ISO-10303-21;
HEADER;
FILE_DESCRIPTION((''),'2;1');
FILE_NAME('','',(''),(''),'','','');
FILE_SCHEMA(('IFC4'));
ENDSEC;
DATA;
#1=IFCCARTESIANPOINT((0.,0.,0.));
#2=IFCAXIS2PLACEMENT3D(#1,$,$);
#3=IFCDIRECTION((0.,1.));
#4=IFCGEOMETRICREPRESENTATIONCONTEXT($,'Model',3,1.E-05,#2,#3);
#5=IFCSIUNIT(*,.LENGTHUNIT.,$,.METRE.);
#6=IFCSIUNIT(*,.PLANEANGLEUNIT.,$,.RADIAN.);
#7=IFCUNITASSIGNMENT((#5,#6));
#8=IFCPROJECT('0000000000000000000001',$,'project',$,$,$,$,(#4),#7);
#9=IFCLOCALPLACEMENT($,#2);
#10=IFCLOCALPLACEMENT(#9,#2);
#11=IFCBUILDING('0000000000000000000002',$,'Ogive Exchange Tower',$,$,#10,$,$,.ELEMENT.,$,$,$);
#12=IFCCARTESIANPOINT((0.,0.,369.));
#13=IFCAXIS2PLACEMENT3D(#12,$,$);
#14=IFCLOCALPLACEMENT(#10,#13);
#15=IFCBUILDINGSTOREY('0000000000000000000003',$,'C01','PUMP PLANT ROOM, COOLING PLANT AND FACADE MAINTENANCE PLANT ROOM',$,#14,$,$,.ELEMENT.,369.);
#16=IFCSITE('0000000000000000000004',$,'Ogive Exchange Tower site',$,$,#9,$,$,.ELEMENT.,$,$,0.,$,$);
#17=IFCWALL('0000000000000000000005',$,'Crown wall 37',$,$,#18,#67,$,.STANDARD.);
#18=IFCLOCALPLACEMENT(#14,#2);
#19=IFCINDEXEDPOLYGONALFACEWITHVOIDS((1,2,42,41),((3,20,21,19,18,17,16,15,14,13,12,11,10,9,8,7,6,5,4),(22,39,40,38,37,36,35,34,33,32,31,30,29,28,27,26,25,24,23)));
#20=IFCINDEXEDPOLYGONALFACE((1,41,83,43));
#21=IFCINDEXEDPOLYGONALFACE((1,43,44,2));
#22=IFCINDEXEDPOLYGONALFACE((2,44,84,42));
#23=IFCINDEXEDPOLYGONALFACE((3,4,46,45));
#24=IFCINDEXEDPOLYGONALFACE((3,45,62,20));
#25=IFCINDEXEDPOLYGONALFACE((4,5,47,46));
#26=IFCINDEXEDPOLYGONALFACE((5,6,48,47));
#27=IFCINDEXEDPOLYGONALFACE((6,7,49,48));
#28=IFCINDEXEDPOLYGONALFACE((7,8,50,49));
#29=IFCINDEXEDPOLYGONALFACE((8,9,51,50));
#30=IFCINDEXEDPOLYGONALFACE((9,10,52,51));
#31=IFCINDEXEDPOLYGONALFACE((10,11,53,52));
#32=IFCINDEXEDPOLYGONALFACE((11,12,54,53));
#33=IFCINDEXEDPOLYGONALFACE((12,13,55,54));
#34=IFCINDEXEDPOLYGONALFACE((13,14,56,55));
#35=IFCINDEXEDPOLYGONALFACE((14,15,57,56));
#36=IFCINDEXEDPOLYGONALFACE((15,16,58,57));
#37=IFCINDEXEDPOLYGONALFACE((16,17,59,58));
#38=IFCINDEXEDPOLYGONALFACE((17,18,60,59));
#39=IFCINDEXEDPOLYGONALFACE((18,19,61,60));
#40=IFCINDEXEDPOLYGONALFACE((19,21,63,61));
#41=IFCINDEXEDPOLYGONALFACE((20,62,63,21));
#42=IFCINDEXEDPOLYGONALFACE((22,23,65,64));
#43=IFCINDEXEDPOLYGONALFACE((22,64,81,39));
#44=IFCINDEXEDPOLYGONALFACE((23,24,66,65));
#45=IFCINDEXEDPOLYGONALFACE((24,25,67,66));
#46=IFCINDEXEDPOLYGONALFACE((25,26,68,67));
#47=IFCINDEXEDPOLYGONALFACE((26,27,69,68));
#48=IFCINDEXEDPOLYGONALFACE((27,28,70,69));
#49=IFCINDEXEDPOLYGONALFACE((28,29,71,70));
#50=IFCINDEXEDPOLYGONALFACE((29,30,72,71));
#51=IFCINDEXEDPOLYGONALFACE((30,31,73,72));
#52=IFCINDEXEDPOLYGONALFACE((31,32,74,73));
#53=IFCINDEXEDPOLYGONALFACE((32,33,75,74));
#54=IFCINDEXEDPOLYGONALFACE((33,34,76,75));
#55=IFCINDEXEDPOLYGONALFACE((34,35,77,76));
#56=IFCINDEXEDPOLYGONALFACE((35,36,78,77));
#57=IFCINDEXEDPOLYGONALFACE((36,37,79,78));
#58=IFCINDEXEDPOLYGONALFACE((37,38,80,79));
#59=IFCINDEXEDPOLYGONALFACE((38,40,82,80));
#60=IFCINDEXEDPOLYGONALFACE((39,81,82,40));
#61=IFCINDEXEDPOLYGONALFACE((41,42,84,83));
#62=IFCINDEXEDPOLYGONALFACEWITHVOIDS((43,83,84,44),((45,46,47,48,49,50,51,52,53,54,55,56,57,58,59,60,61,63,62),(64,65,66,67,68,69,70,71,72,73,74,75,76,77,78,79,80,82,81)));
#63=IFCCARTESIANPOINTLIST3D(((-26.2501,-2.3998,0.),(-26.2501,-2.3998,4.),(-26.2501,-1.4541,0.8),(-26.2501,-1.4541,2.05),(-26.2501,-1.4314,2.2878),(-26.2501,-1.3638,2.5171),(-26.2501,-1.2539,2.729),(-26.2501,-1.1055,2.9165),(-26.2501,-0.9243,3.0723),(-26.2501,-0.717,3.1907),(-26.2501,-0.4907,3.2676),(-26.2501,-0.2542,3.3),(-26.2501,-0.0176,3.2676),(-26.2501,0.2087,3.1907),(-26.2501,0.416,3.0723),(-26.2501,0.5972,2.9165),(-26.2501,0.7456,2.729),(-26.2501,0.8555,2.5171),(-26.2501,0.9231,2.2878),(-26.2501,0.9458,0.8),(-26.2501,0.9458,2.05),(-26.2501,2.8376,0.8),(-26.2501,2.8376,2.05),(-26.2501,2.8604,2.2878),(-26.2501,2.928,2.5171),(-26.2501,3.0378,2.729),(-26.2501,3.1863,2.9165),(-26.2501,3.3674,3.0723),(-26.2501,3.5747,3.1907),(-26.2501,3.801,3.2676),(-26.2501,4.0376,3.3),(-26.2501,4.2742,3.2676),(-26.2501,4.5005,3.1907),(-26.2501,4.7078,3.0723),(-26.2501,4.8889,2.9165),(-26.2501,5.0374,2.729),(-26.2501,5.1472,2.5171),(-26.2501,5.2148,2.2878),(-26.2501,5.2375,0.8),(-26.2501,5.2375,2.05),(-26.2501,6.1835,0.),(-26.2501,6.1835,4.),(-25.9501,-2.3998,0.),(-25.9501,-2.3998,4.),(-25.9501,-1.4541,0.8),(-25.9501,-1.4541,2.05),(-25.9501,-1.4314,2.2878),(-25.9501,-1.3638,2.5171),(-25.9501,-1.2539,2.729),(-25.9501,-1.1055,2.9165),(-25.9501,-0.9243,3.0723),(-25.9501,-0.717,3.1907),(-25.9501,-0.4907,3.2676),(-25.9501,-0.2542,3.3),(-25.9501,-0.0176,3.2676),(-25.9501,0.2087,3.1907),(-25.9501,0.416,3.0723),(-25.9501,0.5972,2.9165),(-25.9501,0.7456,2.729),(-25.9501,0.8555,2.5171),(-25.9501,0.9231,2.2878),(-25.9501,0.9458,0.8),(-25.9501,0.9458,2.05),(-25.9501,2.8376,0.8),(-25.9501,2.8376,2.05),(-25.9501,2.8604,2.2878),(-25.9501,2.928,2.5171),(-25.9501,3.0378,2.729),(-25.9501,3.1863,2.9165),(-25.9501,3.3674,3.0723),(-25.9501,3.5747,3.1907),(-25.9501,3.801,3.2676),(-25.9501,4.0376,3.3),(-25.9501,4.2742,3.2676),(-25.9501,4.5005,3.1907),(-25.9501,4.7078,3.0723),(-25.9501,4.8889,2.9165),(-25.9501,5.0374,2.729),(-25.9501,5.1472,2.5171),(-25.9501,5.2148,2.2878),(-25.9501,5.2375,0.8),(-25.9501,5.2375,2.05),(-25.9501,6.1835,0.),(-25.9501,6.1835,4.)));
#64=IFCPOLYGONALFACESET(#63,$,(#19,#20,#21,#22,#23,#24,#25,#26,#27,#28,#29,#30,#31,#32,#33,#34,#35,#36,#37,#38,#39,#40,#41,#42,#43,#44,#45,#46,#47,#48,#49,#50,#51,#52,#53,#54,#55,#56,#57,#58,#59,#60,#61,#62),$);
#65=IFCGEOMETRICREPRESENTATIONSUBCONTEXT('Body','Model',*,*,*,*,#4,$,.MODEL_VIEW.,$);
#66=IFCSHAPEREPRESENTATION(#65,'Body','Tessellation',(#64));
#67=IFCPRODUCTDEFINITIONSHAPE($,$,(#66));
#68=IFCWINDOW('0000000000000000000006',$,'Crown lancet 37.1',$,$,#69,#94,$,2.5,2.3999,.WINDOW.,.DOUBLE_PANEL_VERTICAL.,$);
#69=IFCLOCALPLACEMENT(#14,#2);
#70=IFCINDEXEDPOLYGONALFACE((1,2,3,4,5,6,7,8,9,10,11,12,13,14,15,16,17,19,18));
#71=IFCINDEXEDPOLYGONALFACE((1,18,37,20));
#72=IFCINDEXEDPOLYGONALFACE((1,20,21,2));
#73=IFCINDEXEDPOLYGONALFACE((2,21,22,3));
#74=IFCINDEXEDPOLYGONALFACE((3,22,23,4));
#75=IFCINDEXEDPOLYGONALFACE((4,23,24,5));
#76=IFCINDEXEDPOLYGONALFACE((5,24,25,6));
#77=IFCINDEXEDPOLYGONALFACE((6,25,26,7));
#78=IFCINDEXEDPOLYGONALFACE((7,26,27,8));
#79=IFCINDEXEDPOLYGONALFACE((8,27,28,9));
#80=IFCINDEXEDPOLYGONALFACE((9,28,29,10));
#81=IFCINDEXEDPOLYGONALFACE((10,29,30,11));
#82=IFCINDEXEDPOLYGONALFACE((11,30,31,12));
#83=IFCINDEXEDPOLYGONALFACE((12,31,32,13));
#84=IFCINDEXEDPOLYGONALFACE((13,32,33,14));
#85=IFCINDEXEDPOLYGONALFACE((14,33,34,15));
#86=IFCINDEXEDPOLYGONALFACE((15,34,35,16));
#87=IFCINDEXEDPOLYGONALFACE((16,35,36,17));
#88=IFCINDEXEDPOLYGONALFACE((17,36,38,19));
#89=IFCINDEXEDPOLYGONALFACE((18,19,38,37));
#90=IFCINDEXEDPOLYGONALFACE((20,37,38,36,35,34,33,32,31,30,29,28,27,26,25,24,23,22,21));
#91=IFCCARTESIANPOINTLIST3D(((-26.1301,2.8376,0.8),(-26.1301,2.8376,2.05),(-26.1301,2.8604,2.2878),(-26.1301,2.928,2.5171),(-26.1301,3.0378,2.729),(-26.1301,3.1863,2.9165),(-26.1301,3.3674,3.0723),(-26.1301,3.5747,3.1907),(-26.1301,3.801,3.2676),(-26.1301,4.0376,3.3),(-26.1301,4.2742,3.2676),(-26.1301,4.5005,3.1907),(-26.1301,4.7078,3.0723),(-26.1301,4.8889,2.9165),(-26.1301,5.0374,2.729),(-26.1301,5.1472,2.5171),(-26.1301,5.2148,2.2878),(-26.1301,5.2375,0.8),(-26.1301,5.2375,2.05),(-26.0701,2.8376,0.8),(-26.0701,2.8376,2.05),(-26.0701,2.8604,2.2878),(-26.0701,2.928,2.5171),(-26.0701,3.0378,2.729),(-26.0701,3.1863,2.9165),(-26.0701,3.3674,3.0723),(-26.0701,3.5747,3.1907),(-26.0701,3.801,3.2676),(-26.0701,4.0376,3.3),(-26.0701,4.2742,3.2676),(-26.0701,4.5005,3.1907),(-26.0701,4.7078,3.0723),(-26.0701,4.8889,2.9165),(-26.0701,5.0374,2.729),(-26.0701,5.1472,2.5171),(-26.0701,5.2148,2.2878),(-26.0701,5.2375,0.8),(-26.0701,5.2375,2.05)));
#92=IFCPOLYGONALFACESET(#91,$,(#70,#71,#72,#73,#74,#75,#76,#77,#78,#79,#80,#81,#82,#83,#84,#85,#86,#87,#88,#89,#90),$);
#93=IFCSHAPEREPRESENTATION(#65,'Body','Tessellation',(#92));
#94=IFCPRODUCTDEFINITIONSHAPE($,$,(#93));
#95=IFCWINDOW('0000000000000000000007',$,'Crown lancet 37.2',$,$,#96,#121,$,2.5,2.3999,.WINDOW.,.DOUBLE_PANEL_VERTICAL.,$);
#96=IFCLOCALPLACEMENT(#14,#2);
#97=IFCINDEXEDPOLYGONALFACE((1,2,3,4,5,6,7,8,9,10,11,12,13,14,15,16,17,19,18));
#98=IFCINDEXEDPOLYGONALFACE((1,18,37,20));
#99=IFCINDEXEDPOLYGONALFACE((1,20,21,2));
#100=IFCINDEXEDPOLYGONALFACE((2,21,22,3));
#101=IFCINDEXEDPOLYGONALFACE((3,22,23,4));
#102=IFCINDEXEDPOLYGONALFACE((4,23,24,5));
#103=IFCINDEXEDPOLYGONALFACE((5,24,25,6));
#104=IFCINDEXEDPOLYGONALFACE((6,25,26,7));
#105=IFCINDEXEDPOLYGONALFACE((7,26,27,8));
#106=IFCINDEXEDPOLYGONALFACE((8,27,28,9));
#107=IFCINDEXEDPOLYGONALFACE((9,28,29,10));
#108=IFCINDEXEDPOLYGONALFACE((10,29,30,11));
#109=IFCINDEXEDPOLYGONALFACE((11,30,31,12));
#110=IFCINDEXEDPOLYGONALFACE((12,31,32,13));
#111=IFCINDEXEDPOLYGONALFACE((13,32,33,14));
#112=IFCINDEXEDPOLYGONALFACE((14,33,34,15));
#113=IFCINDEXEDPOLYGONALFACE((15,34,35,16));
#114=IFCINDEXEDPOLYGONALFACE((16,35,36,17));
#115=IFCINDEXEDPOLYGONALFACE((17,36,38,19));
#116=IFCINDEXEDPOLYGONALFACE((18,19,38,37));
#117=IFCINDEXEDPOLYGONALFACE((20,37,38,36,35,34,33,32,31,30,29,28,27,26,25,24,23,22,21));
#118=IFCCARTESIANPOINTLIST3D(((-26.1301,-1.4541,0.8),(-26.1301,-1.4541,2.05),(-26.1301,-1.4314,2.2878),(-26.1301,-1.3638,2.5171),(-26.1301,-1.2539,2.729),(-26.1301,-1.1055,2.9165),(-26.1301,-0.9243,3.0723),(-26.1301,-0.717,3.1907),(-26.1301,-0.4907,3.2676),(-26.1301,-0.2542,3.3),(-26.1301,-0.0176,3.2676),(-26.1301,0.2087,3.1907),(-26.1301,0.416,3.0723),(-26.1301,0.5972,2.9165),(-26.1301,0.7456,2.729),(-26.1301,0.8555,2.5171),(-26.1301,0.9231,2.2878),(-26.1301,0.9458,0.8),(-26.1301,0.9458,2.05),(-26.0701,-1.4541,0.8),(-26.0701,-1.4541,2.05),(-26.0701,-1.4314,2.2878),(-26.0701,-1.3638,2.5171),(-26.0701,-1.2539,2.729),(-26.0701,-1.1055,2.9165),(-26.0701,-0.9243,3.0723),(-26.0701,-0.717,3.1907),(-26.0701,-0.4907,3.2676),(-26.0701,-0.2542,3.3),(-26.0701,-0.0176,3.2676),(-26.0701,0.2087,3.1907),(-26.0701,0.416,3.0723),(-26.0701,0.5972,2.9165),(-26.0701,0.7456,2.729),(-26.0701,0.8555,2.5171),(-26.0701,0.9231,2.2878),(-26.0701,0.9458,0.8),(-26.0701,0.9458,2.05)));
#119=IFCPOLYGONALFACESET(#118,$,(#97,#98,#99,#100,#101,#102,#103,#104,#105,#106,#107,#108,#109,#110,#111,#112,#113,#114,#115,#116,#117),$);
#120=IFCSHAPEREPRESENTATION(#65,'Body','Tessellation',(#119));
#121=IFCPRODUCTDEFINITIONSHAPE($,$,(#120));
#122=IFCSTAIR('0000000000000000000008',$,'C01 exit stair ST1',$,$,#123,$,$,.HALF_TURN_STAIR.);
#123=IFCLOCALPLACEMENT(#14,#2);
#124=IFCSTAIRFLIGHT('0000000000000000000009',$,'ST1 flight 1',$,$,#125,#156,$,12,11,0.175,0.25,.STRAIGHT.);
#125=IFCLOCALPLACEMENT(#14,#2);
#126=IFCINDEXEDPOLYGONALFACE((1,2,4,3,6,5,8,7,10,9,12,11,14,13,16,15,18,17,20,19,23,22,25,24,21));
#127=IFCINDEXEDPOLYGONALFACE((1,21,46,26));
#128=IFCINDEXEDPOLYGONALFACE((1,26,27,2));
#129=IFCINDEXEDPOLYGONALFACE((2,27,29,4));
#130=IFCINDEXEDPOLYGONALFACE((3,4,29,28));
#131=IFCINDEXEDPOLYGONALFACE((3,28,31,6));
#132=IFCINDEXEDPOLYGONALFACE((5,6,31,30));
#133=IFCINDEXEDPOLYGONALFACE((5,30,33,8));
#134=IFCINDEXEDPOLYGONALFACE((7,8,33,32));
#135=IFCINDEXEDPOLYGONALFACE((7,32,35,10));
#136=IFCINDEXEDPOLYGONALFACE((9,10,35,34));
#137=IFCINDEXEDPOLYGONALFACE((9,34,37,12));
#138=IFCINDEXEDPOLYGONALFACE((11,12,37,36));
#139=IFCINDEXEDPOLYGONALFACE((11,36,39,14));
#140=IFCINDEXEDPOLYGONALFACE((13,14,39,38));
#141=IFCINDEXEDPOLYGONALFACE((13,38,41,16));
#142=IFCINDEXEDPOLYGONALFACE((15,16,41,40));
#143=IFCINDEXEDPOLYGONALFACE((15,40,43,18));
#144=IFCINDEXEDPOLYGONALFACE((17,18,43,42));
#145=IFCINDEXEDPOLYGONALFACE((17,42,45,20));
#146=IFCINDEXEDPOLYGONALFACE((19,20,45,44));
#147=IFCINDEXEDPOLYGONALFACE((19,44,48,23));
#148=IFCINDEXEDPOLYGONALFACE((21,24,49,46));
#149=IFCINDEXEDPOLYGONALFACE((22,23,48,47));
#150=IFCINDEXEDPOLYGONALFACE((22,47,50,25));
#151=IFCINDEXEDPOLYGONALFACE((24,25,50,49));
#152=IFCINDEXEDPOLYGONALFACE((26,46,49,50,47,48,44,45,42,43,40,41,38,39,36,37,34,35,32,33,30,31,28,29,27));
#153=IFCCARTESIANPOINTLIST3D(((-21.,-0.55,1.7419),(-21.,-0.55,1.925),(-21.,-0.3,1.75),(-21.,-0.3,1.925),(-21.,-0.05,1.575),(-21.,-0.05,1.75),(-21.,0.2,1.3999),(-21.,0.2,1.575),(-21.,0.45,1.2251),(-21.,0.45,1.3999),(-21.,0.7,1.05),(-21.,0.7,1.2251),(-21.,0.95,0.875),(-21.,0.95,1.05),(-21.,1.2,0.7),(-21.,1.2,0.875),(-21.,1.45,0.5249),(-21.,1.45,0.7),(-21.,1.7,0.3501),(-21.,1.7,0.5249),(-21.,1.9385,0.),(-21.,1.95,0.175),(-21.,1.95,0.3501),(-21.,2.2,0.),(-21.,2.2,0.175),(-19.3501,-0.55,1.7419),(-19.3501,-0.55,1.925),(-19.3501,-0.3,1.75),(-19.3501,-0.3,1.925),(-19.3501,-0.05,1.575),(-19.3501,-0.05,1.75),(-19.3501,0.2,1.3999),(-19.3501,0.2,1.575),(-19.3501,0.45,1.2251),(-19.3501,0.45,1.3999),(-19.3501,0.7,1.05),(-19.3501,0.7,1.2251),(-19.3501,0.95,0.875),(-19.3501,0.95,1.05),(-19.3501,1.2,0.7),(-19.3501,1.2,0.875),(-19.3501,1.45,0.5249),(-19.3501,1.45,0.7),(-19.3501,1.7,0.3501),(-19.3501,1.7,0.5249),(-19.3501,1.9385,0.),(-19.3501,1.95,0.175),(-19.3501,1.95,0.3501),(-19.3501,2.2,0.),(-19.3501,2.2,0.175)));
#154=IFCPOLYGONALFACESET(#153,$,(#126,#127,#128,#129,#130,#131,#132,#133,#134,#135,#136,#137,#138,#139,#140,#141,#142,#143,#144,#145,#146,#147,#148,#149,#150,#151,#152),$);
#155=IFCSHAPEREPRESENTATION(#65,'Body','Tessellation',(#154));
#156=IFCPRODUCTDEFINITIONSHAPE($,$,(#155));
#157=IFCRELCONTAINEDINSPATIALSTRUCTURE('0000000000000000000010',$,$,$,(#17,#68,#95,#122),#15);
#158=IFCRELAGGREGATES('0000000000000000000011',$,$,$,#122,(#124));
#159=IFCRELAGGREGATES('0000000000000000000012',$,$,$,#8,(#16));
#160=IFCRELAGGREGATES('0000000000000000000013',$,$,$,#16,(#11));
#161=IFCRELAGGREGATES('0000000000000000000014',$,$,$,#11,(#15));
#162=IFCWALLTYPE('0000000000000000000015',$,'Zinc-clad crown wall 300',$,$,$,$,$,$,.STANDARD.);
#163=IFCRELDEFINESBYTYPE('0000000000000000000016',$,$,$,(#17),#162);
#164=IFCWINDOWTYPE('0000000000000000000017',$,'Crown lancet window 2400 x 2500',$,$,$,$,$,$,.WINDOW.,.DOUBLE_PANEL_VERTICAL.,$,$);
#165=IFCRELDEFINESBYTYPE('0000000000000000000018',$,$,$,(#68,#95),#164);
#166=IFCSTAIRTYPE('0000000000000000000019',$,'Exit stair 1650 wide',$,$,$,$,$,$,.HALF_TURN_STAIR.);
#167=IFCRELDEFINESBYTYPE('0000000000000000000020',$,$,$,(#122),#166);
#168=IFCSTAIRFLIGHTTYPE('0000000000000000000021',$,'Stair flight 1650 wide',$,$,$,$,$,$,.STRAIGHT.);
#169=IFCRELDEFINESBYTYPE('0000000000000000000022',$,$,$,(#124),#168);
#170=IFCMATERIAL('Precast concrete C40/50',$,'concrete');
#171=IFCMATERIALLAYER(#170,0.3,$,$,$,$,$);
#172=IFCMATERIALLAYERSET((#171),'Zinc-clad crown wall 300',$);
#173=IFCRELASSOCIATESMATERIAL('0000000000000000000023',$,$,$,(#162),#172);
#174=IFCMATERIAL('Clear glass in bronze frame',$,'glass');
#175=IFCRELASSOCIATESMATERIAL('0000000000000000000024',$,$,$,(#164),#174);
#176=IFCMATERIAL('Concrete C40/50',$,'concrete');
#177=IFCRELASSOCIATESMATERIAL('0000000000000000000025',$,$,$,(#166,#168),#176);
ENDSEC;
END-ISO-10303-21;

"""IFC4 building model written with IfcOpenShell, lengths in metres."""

from ifc_helpers import new_model, si_unit, direction, frame, frame_2d, origin, place, context, subcontext, project, spatial, polyline, rectangle, outline, extrude, material, layer, layer_set, type_object, element, fill, aggregate, save


model = new_model("IFC4")

# Units and contexts
model_context = context("Model", 3, precision=1e-05, world=origin(), true_north=direction((0.0, 1.0)))
body_context = subcontext(model_context, "Body", "Model", "MODEL_VIEW")
ifc_project = project(units=[si_unit("LENGTHUNIT", "METRE"), si_unit("PLANEANGLEUNIT", "RADIAN")], contexts=[model_context])

# Site, building, storey
site_placement = place(None, origin())
site = spatial("IfcSite", under=ifc_project, at=site_placement, Name="Ogive Exchange Tower site", CompositionType="ELEMENT", RefElevation=0.0)
building_placement = place(site_placement, origin())
building = spatial("IfcBuilding", under=site, at=building_placement, Name="Ogive Exchange Tower", CompositionType="ELEMENT")
storey_placement = place(building_placement, frame((0.0, 0.0, 369.0)))
storey = spatial("IfcBuildingStorey", under=building, at=storey_placement, Name="C01", Description="PUMP PLANT ROOM, COOLING PLANT AND FACADE MAINTENANCE PLANT ROOM", CompositionType="ELEMENT", Elevation=369.0)

# Wall, openings, windows
ifc_material_1 = material(Name="Precast concrete C40/50", Category="concrete")
ifc_layer_1 = layer(ifc_material_1, 0.3)
ifc_layer_set_1 = layer_set([ifc_layer_1], Name="Zinc-clad crown wall 300")
wall_type_1 = type_object("IfcWallType", Name="Zinc-clad crown wall 300", PredefinedType="STANDARD", material=ifc_layer_set_1)
ifc_material_2 = material(Name="Clear glass in bronze frame", Category="glass")
window_type = type_object("IfcWindowType", Name="Crown lancet window 2400 x 2500", PartitioningType="DOUBLE_PANEL_VERTICAL", PredefinedType="WINDOW", material=ifc_material_2)
wall_1_placement = place(storey_placement, frame((-26.1001, 6.1833, 0.0), z_axis=(0.0, 0.0, 1.0), x_axis=(0.0, -1.0, 0.0)))
wall_1 = element("IfcWall", 1, at=wall_1_placement, inside=storey, type_object=wall_type_1, Name="Crown wall 37", PredefinedType="STANDARD", context=body_context, shape_type="SweptSolid", body=[
    extrude(rectangle(XDim=8.5833, YDim=0.3, at=frame_2d((4.2915, 0.0))), origin(), (0.0, 0.0, 1.0), 4.0),
])
opening_1_placement = place(wall_1_placement, frame((0.9458, 0.0, 0.8)))
opening_1 = element("IfcOpeningElement", 2, at=opening_1_placement, cuts=wall_1, PredefinedType="OPENING", context=body_context, shape_type="SweptSolid", body=[
    extrude(outline(polyline([(0.0, 0.0), (2.3999, 0.0), (2.3999, 1.25), (2.3772, 1.4878), (2.3096, 1.717), (2.1997, 1.929), (2.0513, 2.1165), (1.8701, 2.2722), (1.6628, 2.3906), (1.4365, 2.4675), (1.2, 2.5), (0.9634, 2.4675), (0.7371, 2.3906), (0.5298, 2.2722), (0.3486, 2.1165), (0.2002, 1.929), (0.0903, 1.717), (0.0227, 1.4878), (0.0, 1.25), (0.0, 0.0)])), frame((0.0, 0.1599, 0.0), z_axis=(0.0, -1.0, 0.0), x_axis=(1.0, 0.0, 0.0)), (0.0, 0.0, 1.0), 0.3201),
])
opening_2_placement = place(wall_1_placement, frame((5.2375, 0.0, 0.8)))
opening_2 = element("IfcOpeningElement", 3, at=opening_2_placement, cuts=wall_1, PredefinedType="OPENING", context=body_context, shape_type="SweptSolid", body=[
    extrude(outline(polyline([(0.0, 0.0), (2.3999, 0.0), (2.3999, 1.25), (2.3772, 1.4878), (2.3096, 1.717), (2.1997, 1.929), (2.0513, 2.1165), (1.8701, 2.2722), (1.6628, 2.3906), (1.4365, 2.4675), (1.2, 2.5), (0.9634, 2.4675), (0.7371, 2.3906), (0.5298, 2.2722), (0.3486, 2.1165), (0.2002, 1.929), (0.0903, 1.717), (0.0227, 1.4878), (0.0, 1.25), (0.0, 0.0)])), frame((0.0, 0.1599, 0.0), z_axis=(0.0, -1.0, 0.0), x_axis=(1.0, 0.0, 0.0)), (0.0, 0.0, 1.0), 0.3201),
])
window_1_placement = place(opening_1_placement, origin())
window_1 = element("IfcWindow", 4, at=window_1_placement, inside=storey, type_object=window_type, Name="Crown lancet 37.1", OverallHeight=2.5, OverallWidth=2.3999, PartitioningType="DOUBLE_PANEL_VERTICAL", PredefinedType="WINDOW", context=body_context, shape_type="SweptSolid", body=[
    extrude(outline(polyline([(0.0, 0.0), (2.3999, 0.0), (2.3999, 1.25), (2.3772, 1.4878), (2.3096, 1.717), (2.1997, 1.929), (2.0513, 2.1165), (1.8701, 2.2722), (1.6628, 2.3906), (1.4365, 2.4675), (1.2, 2.5), (0.9634, 2.4675), (0.7371, 2.3906), (0.5298, 2.2722), (0.3486, 2.1165), (0.2002, 1.929), (0.0903, 1.717), (0.0227, 1.4878), (0.0, 1.25), (0.0, 0.0)])), frame((0.0, 0.03, 0.0), z_axis=(0.0, -1.0, 0.0), x_axis=(1.0, 0.0, 0.0)), (0.0, 0.0, 1.0), 0.0601),
])
fill(opening_1, window_1)
window_2_placement = place(opening_2_placement, origin())
window_2 = element("IfcWindow", 5, at=window_2_placement, inside=storey, type_object=window_type, Name="Crown lancet 37.2", OverallHeight=2.5, OverallWidth=2.3999, PartitioningType="DOUBLE_PANEL_VERTICAL", PredefinedType="WINDOW", context=body_context, shape_type="SweptSolid", body=[
    extrude(outline(polyline([(0.0, 0.0), (2.3999, 0.0), (2.3999, 1.25), (2.3772, 1.4878), (2.3096, 1.717), (2.1997, 1.929), (2.0513, 2.1165), (1.8701, 2.2722), (1.6628, 2.3906), (1.4365, 2.4675), (1.2, 2.5), (0.9634, 2.4675), (0.7371, 2.3906), (0.5298, 2.2722), (0.3486, 2.1165), (0.2002, 1.929), (0.0903, 1.717), (0.0227, 1.4878), (0.0, 1.25), (0.0, 0.0)])), frame((0.0, 0.03, 0.0), z_axis=(0.0, -1.0, 0.0), x_axis=(1.0, 0.0, 0.0)), (0.0, 0.0, 1.0), 0.0601),
])
fill(opening_2, window_2)

# Stair, stair flight
ifc_material_3 = material(Name="Concrete C40/50", Category="concrete")
stair_type = type_object("IfcStairType", Name="Exit stair 1650 wide", PredefinedType="HALF_TURN_STAIR", material=ifc_material_3)
stair_1_placement = place(storey_placement, origin())
stair_1 = element("IfcStair", 6, at=stair_1_placement, inside=storey, type_object=stair_type, Name="C01 exit stair ST1", PredefinedType="HALF_TURN_STAIR")
stair_flight_type = type_object("IfcStairFlightType", Name="Stair flight 1650 wide", PredefinedType="STRAIGHT", material=ifc_material_3)
stair_flight_1_placement = place(storey_placement, frame((-20.175, 2.2, 0.0), z_axis=(0.0, 0.0, 1.0), x_axis=(0.0, -1.0, 0.0)))
stair_flight_1 = element("IfcStairFlight", 7, at=stair_flight_1_placement, type_object=stair_flight_type, Name="ST1 flight 1", NumberOfRisers=12, NumberOfTreads=11, PredefinedType="STRAIGHT", RiserHeight=0.175, TreadLength=0.25, context=body_context, shape_type="SweptSolid", body=[
    extrude(outline(polyline([(0.0, 0.0), (0.0, 0.175), (0.25, 0.175), (0.25, 0.3501), (0.5, 0.3501), (0.5, 0.5249), (0.75, 0.5249), (0.75, 0.7), (1.0, 0.7), (1.0, 0.875), (1.25, 0.875), (1.25, 1.05), (1.5, 1.05), (1.5, 1.2251), (1.75, 1.2251), (1.75, 1.3999), (2.0, 1.3999), (2.0, 1.575), (2.25, 1.575), (2.25, 1.75), (2.5, 1.75), (2.5, 1.925), (2.75, 1.925), (2.75, 2.1001), (2.75, 1.7419), (0.2615, 0.0), (0.0, 0.0)])), frame((0.0, 0.825, 0.0), z_axis=(0.0, -1.0, 0.0), x_axis=(1.0, 0.0, 0.0)), (0.0, 0.0, 1.0), 1.6499),
])
aggregate(stair_1, [stair_flight_1])

save(model, "model.ifc")
